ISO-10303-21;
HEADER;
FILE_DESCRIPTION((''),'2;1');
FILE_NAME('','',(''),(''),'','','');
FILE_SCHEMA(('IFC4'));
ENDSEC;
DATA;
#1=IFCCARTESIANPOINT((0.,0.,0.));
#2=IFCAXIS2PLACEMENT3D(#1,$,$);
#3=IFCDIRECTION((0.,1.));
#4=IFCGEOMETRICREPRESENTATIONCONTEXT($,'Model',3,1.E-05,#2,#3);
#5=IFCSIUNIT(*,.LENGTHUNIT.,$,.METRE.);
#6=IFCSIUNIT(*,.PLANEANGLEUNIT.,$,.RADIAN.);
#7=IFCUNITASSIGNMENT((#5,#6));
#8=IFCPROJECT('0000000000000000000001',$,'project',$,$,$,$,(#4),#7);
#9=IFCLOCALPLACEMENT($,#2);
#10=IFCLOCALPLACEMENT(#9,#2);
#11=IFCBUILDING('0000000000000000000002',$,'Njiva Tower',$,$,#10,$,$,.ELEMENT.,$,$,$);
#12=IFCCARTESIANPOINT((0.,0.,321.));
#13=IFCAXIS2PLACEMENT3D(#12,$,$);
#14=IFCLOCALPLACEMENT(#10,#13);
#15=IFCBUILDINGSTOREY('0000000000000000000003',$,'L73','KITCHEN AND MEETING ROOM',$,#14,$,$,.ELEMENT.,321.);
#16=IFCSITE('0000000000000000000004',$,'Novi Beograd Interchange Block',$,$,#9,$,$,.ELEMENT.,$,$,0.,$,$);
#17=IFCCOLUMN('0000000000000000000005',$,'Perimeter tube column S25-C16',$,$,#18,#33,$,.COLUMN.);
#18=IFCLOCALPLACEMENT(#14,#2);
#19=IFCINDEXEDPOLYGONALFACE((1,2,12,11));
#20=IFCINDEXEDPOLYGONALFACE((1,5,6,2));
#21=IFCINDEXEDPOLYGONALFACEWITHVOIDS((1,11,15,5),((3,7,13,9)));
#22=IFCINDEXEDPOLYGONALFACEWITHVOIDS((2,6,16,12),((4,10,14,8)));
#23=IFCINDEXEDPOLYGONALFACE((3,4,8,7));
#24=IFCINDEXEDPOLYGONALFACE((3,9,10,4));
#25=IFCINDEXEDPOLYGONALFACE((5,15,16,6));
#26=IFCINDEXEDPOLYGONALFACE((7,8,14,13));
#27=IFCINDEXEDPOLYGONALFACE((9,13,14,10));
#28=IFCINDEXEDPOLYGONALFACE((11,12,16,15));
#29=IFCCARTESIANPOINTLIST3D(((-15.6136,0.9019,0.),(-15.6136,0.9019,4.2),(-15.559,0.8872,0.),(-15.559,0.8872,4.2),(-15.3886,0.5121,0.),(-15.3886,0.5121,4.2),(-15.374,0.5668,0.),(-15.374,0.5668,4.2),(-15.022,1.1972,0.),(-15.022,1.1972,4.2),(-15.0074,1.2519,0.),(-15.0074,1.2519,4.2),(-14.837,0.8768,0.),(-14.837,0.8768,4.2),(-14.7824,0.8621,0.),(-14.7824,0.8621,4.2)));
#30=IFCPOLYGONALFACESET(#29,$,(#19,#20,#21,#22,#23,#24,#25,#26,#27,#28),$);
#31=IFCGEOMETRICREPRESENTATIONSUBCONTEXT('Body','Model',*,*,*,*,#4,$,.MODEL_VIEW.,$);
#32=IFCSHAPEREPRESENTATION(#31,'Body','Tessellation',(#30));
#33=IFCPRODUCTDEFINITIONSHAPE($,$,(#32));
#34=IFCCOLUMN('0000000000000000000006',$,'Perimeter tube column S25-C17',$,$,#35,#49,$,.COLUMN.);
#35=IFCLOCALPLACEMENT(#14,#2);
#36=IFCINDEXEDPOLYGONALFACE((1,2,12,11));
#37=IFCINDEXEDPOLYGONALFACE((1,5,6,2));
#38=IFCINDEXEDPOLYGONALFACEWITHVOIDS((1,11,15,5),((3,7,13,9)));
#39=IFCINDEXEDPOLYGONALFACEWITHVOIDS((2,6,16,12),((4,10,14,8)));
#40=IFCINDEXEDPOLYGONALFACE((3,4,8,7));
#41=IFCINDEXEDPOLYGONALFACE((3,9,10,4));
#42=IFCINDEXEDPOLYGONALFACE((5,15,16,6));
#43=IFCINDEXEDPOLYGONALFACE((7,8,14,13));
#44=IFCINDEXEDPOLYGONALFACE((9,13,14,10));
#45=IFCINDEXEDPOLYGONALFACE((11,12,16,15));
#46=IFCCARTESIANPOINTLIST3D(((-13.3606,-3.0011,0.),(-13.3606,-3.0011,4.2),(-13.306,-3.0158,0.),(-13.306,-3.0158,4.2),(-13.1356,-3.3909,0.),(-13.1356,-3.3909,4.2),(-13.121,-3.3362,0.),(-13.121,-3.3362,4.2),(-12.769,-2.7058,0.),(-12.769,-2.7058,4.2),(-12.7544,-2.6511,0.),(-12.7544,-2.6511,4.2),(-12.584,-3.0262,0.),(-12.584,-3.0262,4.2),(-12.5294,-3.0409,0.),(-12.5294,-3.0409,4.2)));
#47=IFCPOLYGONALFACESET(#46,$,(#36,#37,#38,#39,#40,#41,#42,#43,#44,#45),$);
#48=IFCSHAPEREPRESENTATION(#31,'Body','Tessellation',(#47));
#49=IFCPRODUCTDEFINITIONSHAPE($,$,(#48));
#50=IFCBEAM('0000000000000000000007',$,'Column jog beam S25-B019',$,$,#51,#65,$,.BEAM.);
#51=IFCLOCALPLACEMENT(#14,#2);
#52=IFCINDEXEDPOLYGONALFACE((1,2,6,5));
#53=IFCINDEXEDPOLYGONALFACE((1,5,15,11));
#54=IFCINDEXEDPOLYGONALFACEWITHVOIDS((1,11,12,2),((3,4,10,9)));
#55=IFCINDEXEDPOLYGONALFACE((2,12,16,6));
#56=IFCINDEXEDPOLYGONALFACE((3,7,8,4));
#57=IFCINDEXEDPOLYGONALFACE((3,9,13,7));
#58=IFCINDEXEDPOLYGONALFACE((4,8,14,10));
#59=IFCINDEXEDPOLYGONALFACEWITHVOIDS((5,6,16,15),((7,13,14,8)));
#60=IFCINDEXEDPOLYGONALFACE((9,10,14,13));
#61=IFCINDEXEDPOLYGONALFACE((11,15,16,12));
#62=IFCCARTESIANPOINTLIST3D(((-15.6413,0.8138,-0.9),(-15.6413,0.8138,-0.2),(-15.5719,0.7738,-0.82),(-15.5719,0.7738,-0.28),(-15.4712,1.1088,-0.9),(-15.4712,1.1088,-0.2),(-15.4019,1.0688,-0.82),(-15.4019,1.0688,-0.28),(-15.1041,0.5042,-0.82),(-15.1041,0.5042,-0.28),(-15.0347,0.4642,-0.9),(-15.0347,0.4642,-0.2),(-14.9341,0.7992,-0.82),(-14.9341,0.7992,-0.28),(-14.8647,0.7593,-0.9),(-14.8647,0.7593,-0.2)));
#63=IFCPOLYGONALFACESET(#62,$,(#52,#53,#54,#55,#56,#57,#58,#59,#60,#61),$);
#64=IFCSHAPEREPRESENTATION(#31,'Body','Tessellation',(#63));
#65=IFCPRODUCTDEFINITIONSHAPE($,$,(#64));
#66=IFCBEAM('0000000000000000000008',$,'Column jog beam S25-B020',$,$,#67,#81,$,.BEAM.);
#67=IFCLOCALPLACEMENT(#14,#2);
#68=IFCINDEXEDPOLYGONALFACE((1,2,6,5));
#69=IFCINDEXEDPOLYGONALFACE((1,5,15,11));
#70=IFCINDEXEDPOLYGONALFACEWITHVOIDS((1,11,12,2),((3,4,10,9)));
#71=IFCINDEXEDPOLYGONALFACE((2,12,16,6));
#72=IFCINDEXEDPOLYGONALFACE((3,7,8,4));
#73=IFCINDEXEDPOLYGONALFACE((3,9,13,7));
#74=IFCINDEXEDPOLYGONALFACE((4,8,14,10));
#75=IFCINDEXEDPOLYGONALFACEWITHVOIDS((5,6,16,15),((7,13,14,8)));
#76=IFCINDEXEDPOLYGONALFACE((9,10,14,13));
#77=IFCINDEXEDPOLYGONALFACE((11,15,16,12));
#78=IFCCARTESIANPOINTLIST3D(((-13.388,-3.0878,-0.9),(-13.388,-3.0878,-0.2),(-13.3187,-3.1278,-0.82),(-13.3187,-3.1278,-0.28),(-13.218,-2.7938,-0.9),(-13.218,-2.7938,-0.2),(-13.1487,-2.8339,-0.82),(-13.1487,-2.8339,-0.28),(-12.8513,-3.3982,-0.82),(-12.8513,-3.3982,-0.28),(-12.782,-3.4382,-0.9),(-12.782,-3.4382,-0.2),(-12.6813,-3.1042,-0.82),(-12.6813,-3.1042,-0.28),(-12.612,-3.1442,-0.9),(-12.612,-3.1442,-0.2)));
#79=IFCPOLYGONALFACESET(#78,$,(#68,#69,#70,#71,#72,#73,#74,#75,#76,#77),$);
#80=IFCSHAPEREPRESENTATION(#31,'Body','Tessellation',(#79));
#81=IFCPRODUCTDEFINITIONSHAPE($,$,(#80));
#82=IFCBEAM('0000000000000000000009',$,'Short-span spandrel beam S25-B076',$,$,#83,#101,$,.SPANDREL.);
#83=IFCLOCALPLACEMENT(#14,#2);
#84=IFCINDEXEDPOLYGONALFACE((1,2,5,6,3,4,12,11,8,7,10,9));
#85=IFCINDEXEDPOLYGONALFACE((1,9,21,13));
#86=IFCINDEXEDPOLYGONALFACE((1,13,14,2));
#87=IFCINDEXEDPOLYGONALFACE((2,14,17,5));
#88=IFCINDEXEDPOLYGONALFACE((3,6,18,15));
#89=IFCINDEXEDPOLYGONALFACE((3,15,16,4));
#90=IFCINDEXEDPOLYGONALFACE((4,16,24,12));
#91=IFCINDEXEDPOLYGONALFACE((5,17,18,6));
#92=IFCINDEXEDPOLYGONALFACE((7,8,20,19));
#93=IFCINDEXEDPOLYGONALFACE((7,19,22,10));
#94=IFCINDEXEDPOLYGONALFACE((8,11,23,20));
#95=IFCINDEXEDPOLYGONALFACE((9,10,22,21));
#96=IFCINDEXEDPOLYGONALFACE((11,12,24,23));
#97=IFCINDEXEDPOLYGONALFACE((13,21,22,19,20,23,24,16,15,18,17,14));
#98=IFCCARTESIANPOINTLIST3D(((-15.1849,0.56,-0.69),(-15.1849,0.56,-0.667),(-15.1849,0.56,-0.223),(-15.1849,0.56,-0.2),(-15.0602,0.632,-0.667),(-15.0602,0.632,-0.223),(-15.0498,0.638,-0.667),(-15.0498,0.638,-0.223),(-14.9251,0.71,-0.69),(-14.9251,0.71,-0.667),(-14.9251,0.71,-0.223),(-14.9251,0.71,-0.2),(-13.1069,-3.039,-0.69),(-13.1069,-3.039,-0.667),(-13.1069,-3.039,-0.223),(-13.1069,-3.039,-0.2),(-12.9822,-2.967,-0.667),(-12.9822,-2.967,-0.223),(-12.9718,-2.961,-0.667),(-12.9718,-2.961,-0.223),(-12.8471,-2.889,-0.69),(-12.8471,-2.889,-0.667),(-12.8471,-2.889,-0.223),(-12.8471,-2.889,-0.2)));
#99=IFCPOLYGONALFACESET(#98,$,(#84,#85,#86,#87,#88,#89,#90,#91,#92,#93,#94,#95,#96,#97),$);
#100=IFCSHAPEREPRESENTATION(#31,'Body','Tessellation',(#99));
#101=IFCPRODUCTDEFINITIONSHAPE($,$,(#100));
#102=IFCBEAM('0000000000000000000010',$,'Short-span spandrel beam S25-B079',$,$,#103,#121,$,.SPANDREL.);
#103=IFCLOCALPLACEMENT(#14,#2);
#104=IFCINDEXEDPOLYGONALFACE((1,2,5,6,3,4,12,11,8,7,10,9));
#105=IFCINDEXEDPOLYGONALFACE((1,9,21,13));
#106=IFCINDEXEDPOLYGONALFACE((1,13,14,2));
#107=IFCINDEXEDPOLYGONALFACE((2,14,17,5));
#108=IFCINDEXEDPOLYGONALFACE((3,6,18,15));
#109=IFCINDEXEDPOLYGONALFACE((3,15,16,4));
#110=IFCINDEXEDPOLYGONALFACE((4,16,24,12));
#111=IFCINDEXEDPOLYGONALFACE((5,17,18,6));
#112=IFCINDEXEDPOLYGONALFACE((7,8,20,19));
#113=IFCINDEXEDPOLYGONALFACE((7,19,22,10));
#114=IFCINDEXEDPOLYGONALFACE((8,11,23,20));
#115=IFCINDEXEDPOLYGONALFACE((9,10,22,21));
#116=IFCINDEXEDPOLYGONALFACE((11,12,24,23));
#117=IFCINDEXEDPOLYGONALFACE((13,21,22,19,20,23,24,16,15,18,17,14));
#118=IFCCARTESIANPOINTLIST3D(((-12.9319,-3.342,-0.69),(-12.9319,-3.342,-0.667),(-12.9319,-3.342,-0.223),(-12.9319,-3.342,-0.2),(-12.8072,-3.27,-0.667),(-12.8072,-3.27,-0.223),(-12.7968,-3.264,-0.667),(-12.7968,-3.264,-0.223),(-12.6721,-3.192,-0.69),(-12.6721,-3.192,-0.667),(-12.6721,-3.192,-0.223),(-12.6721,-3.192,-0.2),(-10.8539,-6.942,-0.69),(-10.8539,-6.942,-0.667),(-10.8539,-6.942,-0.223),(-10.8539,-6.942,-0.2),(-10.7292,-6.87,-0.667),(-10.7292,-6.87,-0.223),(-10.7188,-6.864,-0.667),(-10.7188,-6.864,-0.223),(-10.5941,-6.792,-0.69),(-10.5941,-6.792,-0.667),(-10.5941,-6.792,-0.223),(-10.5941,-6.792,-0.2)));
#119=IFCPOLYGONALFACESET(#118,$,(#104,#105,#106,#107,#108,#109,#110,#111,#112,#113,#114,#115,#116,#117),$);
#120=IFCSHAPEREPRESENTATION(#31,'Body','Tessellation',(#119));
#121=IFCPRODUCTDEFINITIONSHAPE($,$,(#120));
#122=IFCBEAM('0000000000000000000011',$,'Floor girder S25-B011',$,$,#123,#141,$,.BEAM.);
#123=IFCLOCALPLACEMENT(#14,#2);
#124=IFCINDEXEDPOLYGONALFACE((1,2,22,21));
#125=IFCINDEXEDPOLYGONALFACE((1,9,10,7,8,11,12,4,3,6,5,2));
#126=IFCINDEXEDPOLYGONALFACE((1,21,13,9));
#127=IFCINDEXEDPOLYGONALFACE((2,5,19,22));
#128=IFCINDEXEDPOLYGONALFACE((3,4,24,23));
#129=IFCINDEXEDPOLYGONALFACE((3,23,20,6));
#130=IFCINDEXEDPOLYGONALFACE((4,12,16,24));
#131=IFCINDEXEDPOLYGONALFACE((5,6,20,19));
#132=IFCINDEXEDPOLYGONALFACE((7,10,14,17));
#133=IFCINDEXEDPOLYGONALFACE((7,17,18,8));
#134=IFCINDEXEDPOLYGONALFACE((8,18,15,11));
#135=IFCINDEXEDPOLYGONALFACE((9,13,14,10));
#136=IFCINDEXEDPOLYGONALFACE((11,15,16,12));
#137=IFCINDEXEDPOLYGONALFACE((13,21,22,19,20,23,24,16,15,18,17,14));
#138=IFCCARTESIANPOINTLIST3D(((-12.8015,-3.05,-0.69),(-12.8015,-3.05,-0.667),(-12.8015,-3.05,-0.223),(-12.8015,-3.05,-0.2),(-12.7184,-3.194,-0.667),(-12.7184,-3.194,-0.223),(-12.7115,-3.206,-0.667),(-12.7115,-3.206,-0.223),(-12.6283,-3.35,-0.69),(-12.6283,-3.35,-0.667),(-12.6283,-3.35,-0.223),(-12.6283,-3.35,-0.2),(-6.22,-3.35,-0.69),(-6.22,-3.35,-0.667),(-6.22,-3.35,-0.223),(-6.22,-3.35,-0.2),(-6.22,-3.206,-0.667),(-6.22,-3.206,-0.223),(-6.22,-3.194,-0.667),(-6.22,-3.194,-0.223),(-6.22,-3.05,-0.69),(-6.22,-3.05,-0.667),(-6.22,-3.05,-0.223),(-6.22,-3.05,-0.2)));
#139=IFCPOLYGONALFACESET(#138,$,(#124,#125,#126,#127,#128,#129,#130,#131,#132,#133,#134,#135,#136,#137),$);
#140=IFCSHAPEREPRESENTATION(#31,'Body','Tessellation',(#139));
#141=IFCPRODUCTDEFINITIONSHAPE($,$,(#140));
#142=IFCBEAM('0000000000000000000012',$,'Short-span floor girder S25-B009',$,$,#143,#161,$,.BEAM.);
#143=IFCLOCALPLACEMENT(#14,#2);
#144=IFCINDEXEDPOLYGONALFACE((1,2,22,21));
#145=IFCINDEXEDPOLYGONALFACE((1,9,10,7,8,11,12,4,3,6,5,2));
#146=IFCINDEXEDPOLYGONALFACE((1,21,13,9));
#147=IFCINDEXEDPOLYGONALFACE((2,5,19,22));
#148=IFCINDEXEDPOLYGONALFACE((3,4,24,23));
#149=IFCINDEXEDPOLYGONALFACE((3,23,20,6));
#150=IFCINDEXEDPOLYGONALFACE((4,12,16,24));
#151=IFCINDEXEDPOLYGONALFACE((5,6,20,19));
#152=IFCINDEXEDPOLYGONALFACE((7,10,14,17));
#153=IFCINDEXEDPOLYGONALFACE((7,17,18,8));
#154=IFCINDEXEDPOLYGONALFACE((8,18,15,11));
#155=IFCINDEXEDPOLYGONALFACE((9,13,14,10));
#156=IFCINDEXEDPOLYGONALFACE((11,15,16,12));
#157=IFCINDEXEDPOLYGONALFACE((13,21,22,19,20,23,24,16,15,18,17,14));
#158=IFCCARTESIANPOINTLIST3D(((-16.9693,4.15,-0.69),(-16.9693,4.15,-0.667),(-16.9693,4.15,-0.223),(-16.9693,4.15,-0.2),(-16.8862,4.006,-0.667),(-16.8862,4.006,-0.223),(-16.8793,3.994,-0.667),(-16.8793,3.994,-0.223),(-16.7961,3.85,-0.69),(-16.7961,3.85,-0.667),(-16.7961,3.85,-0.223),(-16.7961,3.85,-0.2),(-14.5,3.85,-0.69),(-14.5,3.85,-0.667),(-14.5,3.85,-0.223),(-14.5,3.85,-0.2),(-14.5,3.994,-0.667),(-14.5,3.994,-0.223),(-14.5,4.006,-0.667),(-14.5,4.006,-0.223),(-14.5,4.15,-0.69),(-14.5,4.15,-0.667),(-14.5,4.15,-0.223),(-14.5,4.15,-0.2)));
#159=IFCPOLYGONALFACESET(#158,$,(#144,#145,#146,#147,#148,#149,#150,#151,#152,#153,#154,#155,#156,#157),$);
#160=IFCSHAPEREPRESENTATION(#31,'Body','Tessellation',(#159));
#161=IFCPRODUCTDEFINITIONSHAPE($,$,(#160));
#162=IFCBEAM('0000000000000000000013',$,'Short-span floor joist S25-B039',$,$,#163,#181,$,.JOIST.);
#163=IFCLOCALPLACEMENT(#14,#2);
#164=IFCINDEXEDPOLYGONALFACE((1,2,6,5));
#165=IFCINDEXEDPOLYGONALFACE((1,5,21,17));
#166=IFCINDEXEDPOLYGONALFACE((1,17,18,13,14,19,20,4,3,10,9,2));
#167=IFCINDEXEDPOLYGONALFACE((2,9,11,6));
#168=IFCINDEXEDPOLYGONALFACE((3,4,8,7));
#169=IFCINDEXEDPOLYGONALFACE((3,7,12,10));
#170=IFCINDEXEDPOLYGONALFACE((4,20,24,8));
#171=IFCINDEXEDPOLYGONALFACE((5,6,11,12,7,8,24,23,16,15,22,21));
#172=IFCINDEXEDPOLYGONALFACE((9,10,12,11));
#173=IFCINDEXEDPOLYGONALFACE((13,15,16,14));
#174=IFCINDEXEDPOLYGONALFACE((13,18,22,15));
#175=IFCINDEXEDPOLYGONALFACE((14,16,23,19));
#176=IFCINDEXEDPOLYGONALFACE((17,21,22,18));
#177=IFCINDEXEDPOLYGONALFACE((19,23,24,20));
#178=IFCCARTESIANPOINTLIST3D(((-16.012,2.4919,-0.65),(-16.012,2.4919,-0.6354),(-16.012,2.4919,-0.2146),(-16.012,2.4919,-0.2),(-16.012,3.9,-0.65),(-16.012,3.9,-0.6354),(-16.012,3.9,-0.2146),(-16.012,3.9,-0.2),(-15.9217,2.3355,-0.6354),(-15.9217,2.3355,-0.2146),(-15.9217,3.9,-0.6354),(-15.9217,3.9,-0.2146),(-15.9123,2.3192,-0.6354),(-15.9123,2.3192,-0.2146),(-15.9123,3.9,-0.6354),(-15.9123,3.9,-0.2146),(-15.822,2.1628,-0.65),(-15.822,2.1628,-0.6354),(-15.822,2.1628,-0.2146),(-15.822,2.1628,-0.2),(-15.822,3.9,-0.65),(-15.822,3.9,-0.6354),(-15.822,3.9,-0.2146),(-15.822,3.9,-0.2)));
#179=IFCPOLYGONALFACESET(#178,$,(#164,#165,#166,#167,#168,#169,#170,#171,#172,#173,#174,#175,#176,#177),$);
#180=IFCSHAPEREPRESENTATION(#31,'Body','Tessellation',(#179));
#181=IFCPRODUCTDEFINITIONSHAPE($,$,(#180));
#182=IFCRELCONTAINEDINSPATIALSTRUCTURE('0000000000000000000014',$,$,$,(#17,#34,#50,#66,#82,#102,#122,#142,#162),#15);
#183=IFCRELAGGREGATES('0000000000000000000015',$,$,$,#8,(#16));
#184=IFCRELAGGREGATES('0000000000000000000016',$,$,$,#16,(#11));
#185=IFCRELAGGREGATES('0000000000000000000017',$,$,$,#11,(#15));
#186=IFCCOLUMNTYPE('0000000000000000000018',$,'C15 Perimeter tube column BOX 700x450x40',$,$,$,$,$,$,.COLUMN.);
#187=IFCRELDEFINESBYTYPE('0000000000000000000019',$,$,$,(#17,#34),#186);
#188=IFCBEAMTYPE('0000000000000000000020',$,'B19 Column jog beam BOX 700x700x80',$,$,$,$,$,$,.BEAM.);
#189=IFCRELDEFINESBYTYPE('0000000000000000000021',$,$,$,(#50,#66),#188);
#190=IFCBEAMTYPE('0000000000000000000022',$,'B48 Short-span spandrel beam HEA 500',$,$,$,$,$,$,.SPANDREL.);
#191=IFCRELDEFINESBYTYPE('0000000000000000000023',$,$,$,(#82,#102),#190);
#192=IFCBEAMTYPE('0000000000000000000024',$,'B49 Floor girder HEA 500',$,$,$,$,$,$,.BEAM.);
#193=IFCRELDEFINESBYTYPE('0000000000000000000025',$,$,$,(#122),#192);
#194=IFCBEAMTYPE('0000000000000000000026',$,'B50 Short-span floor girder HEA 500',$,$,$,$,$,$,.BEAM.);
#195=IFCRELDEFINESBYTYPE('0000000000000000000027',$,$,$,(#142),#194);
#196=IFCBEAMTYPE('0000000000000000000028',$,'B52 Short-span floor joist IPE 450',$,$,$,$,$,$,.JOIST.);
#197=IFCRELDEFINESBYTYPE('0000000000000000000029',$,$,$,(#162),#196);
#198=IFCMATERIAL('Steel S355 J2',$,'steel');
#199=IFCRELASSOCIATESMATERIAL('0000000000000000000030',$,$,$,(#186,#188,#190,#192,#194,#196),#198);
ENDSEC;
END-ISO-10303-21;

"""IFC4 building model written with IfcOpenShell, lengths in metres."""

from ifc_helpers import new_model, si_unit, direction, frame, origin, origin_2d, place, context, subcontext, project, spatial, hollow_rectangle, i_section, extrude, clip, halfspace, material, material_profile, profile_set, type_object, element, save


model = new_model("IFC4")

# Units and contexts
model_context = context("Model", 3, precision=1e-05, world=origin(), true_north=direction((0.0, 1.0)))
body_context = subcontext(model_context, "Body", "Model", "MODEL_VIEW")
ifc_project = project(units=[si_unit("LENGTHUNIT", "METRE"), si_unit("PLANEANGLEUNIT", "RADIAN")], contexts=[model_context])

# Site, building, storey
site_placement = place(None, origin())
site = spatial("IfcSite", under=ifc_project, at=site_placement, Name="Novi Beograd Interchange Block", CompositionType="ELEMENT", RefElevation=0.0)
building_placement = place(site_placement, origin())
building = spatial("IfcBuilding", under=site, at=building_placement, Name="Njiva Tower", CompositionType="ELEMENT")
storey_placement = place(building_placement, frame((0.0, 0.0, 321.0)))
storey = spatial("IfcBuildingStorey", under=building, at=storey_placement, Name="L73", Description="KITCHEN AND MEETING ROOM", CompositionType="ELEMENT", Elevation=321.0)

# Columns
ifc_material_1 = material(Name="Steel S355 J2", Category="steel")
ifc_material_profile_1 = material_profile(ifc_material_1, hollow_rectangle(XDim=0.45, YDim=0.7, WallThickness=0.04, at=origin_2d()), Name="BOX 700x450x40")
ifc_profile_set_1 = profile_set([ifc_material_profile_1], Name="Steel S355 J2")
column_type = type_object("IfcColumnType", Name="C15 Perimeter tube column BOX 700x450x40", PredefinedType="COLUMN", material=ifc_profile_set_1)
for number, where, z_axis, x_axis, name in (
    (1, (-15.198, 0.882, 0.0), (0.0, 0.0, 1.0), (0.5, -0.866025, 0.0), "Perimeter tube column S25-C16"),
    (2, (-12.945, -3.021, 0.0), (0.0, 0.0, 1.0), (0.5, -0.866025, 0.0), "Perimeter tube column S25-C17"),
):
    element("IfcColumn", number, at=place(storey_placement, frame(where, z_axis=z_axis, x_axis=x_axis)), inside=storey, type_object=column_type, Name=name, PredefinedType="COLUMN", context=body_context, shape_type="SweptSolid", body=[
        extrude(hollow_rectangle(XDim=0.45, YDim=0.7, WallThickness=0.04, at=origin_2d()), origin(), (0.0, 0.0, 1.0), 4.2),
    ])

# Beams
ifc_material_profile_2 = material_profile(ifc_material_1, hollow_rectangle(XDim=0.7, YDim=0.7, WallThickness=0.08, at=origin_2d()), Name="BOX 700x700x80")
ifc_profile_set_2 = profile_set([ifc_material_profile_2], Name="Steel S355 J2")
beam_type_1 = type_object("IfcBeamType", Name="B19 Column jog beam BOX 700x700x80", PredefinedType="BEAM", material=ifc_profile_set_2)
beam_1_placement = place(storey_placement, frame((-15.338, 0.639, -0.55), z_axis=(0.499299, 0.86643, 0.0), x_axis=(-0.86643, 0.499299, 0.0)))
element("IfcBeam", 3, at=beam_1_placement, inside=storey, type_object=beam_type_1, Name="Column jog beam S25-B019", PredefinedType="BEAM", context=body_context, shape_type="SweptSolid", body=[
    extrude(hollow_rectangle(XDim=0.7, YDim=0.7, WallThickness=0.08, at=origin_2d()), origin(), (0.0, 0.0, 1.0), 0.3405),
])
beam_2_placement = place(storey_placement, frame((-13.085, -3.263, -0.55), z_axis=(0.500572, 0.865695, 0.0), x_axis=(-0.865695, 0.500572, 0.0)))
element("IfcBeam", 4, at=beam_2_placement, inside=storey, type_object=beam_type_1, Name="Column jog beam S25-B020", PredefinedType="BEAM", context=body_context, shape_type="SweptSolid", body=[
    extrude(hollow_rectangle(XDim=0.7, YDim=0.7, WallThickness=0.08, at=origin_2d()), origin(), (0.0, 0.0, 1.0), 0.3396),
])
ifc_material_profile_3 = material_profile(ifc_material_1, i_section(OverallWidth=0.3, OverallDepth=0.49, WebThickness=0.012, FlangeThickness=0.023, at=origin_2d()), Name="HEA 500")
ifc_profile_set_3 = profile_set([ifc_material_profile_3], Name="Steel S355 J2")
beam_type_2 = type_object("IfcBeamType", Name="B48 Short-span spandrel beam HEA 500", PredefinedType="SPANDREL", material=ifc_profile_set_3)
beam_3_placement = place(storey_placement, frame((-15.055, 0.635, -0.445), z_axis=(0.500021, -0.866013, 0.0), x_axis=(0.866013, 0.500021, 0.0)))
element("IfcBeam", 5, at=beam_3_placement, inside=storey, type_object=beam_type_2, Name="Short-span spandrel beam S25-B076", PredefinedType="SPANDREL", context=body_context, shape_type="SweptSolid", body=[
    extrude(i_section(OverallWidth=0.3, OverallDepth=0.49, WebThickness=0.012, FlangeThickness=0.023, at=origin_2d()), origin(), (0.0, 0.0, 1.0), 4.1558),
])
beam_4_placement = place(storey_placement, frame((-12.802, -3.267, -0.445), z_axis=(0.499917, -0.866073, 0.0), x_axis=(0.866073, 0.499917, 0.0)))
element("IfcBeam", 6, at=beam_4_placement, inside=storey, type_object=beam_type_2, Name="Short-span spandrel beam S25-B079", PredefinedType="SPANDREL", context=body_context, shape_type="SweptSolid", body=[
    extrude(i_section(OverallWidth=0.3, OverallDepth=0.49, WebThickness=0.012, FlangeThickness=0.023, at=origin_2d()), origin(), (0.0, 0.0, 1.0), 4.1567),
])
ifc_material_profile_4 = material_profile(ifc_material_1, i_section(OverallWidth=0.3, OverallDepth=0.49, WebThickness=0.012, FlangeThickness=0.023, at=origin_2d()), Name="HEA 500")
ifc_profile_set_4 = profile_set([ifc_material_profile_4], Name="Steel S355 J2")
beam_type_3 = type_object("IfcBeamType", Name="B49 Floor girder HEA 500", PredefinedType="BEAM", material=ifc_profile_set_4)
beam_5_placement = place(storey_placement, frame((-12.822, -3.2, -0.445), z_axis=(1.0, 0.0, 0.0), x_axis=(0.0, 1.0, 0.0)))
element("IfcBeam", 7, at=beam_5_placement, inside=storey, type_object=beam_type_3, Name="Floor girder S25-B011", PredefinedType="BEAM", context=body_context, shape_type="Clipping", body=[
    clip(extrude(i_section(OverallWidth=0.3, OverallDepth=0.49, WebThickness=0.012, FlangeThickness=0.023, at=origin_2d()), origin(), (0.0, 0.0, 1.0), 6.602), halfspace(frame((-0.025, 0.0, 0.1215), z_axis=(-0.499998, 0.0, -0.866027), x_axis=(0.0, -1.0, 0.0)), False)),
])
ifc_material_profile_5 = material_profile(ifc_material_1, i_section(OverallWidth=0.3, OverallDepth=0.49, WebThickness=0.012, FlangeThickness=0.023, at=origin_2d()), Name="HEA 500")
ifc_profile_set_5 = profile_set([ifc_material_profile_5], Name="Steel S355 J2")
beam_type_4 = type_object("IfcBeamType", Name="B50 Short-span floor girder HEA 500", PredefinedType="BEAM", material=ifc_profile_set_5)
beam_6_placement = place(storey_placement, frame((-16.99, 4.0, -0.445), z_axis=(1.0, 0.0, 0.0), x_axis=(0.0, 1.0, 0.0)))
element("IfcBeam", 8, at=beam_6_placement, inside=storey, type_object=beam_type_4, Name="Short-span floor girder S25-B009", PredefinedType="BEAM", context=body_context, shape_type="Clipping", body=[
    clip(extrude(i_section(OverallWidth=0.3, OverallDepth=0.49, WebThickness=0.012, FlangeThickness=0.023, at=origin_2d()), origin(), (0.0, 0.0, 1.0), 2.49), halfspace(frame((-0.025, 0.0, 0.1217), z_axis=(-0.499998, 0.0, -0.866027), x_axis=(0.0, -1.0, 0.0)), False)),
])
ifc_material_profile_6 = material_profile(ifc_material_1, i_section(OverallWidth=0.19, OverallDepth=0.45, WebThickness=0.0094, FlangeThickness=0.0146, at=origin_2d()), Name="IPE 450")
ifc_profile_set_6 = profile_set([ifc_material_profile_6], Name="Steel S355 J2")
beam_type_5 = type_object("IfcBeamType", Name="B52 Short-span floor joist IPE 450", PredefinedType="JOIST", material=ifc_profile_set_6)
beam_7_placement = place(storey_placement, frame((-15.917, 3.9, -0.425), z_axis=(0.0, -1.0, 0.0), x_axis=(1.0, 0.0, 0.0)))
element("IfcBeam", 9, at=beam_7_placement, inside=storey, type_object=beam_type_5, Name="Short-span floor joist S25-B039", PredefinedType="JOIST", context=body_context, shape_type="Clipping", body=[
    clip(extrude(i_section(OverallWidth=0.19, OverallDepth=0.45, WebThickness=0.0094, FlangeThickness=0.0146, at=origin_2d()), origin(), (0.0, 0.0, 1.0), 1.758), halfspace(frame((-0.043, 0.0, 1.4982), z_axis=(-0.866027, 0.0, 0.499998), x_axis=(0.0, 1.0, 0.0)), False)),
])

save(model, "model.ifc")
